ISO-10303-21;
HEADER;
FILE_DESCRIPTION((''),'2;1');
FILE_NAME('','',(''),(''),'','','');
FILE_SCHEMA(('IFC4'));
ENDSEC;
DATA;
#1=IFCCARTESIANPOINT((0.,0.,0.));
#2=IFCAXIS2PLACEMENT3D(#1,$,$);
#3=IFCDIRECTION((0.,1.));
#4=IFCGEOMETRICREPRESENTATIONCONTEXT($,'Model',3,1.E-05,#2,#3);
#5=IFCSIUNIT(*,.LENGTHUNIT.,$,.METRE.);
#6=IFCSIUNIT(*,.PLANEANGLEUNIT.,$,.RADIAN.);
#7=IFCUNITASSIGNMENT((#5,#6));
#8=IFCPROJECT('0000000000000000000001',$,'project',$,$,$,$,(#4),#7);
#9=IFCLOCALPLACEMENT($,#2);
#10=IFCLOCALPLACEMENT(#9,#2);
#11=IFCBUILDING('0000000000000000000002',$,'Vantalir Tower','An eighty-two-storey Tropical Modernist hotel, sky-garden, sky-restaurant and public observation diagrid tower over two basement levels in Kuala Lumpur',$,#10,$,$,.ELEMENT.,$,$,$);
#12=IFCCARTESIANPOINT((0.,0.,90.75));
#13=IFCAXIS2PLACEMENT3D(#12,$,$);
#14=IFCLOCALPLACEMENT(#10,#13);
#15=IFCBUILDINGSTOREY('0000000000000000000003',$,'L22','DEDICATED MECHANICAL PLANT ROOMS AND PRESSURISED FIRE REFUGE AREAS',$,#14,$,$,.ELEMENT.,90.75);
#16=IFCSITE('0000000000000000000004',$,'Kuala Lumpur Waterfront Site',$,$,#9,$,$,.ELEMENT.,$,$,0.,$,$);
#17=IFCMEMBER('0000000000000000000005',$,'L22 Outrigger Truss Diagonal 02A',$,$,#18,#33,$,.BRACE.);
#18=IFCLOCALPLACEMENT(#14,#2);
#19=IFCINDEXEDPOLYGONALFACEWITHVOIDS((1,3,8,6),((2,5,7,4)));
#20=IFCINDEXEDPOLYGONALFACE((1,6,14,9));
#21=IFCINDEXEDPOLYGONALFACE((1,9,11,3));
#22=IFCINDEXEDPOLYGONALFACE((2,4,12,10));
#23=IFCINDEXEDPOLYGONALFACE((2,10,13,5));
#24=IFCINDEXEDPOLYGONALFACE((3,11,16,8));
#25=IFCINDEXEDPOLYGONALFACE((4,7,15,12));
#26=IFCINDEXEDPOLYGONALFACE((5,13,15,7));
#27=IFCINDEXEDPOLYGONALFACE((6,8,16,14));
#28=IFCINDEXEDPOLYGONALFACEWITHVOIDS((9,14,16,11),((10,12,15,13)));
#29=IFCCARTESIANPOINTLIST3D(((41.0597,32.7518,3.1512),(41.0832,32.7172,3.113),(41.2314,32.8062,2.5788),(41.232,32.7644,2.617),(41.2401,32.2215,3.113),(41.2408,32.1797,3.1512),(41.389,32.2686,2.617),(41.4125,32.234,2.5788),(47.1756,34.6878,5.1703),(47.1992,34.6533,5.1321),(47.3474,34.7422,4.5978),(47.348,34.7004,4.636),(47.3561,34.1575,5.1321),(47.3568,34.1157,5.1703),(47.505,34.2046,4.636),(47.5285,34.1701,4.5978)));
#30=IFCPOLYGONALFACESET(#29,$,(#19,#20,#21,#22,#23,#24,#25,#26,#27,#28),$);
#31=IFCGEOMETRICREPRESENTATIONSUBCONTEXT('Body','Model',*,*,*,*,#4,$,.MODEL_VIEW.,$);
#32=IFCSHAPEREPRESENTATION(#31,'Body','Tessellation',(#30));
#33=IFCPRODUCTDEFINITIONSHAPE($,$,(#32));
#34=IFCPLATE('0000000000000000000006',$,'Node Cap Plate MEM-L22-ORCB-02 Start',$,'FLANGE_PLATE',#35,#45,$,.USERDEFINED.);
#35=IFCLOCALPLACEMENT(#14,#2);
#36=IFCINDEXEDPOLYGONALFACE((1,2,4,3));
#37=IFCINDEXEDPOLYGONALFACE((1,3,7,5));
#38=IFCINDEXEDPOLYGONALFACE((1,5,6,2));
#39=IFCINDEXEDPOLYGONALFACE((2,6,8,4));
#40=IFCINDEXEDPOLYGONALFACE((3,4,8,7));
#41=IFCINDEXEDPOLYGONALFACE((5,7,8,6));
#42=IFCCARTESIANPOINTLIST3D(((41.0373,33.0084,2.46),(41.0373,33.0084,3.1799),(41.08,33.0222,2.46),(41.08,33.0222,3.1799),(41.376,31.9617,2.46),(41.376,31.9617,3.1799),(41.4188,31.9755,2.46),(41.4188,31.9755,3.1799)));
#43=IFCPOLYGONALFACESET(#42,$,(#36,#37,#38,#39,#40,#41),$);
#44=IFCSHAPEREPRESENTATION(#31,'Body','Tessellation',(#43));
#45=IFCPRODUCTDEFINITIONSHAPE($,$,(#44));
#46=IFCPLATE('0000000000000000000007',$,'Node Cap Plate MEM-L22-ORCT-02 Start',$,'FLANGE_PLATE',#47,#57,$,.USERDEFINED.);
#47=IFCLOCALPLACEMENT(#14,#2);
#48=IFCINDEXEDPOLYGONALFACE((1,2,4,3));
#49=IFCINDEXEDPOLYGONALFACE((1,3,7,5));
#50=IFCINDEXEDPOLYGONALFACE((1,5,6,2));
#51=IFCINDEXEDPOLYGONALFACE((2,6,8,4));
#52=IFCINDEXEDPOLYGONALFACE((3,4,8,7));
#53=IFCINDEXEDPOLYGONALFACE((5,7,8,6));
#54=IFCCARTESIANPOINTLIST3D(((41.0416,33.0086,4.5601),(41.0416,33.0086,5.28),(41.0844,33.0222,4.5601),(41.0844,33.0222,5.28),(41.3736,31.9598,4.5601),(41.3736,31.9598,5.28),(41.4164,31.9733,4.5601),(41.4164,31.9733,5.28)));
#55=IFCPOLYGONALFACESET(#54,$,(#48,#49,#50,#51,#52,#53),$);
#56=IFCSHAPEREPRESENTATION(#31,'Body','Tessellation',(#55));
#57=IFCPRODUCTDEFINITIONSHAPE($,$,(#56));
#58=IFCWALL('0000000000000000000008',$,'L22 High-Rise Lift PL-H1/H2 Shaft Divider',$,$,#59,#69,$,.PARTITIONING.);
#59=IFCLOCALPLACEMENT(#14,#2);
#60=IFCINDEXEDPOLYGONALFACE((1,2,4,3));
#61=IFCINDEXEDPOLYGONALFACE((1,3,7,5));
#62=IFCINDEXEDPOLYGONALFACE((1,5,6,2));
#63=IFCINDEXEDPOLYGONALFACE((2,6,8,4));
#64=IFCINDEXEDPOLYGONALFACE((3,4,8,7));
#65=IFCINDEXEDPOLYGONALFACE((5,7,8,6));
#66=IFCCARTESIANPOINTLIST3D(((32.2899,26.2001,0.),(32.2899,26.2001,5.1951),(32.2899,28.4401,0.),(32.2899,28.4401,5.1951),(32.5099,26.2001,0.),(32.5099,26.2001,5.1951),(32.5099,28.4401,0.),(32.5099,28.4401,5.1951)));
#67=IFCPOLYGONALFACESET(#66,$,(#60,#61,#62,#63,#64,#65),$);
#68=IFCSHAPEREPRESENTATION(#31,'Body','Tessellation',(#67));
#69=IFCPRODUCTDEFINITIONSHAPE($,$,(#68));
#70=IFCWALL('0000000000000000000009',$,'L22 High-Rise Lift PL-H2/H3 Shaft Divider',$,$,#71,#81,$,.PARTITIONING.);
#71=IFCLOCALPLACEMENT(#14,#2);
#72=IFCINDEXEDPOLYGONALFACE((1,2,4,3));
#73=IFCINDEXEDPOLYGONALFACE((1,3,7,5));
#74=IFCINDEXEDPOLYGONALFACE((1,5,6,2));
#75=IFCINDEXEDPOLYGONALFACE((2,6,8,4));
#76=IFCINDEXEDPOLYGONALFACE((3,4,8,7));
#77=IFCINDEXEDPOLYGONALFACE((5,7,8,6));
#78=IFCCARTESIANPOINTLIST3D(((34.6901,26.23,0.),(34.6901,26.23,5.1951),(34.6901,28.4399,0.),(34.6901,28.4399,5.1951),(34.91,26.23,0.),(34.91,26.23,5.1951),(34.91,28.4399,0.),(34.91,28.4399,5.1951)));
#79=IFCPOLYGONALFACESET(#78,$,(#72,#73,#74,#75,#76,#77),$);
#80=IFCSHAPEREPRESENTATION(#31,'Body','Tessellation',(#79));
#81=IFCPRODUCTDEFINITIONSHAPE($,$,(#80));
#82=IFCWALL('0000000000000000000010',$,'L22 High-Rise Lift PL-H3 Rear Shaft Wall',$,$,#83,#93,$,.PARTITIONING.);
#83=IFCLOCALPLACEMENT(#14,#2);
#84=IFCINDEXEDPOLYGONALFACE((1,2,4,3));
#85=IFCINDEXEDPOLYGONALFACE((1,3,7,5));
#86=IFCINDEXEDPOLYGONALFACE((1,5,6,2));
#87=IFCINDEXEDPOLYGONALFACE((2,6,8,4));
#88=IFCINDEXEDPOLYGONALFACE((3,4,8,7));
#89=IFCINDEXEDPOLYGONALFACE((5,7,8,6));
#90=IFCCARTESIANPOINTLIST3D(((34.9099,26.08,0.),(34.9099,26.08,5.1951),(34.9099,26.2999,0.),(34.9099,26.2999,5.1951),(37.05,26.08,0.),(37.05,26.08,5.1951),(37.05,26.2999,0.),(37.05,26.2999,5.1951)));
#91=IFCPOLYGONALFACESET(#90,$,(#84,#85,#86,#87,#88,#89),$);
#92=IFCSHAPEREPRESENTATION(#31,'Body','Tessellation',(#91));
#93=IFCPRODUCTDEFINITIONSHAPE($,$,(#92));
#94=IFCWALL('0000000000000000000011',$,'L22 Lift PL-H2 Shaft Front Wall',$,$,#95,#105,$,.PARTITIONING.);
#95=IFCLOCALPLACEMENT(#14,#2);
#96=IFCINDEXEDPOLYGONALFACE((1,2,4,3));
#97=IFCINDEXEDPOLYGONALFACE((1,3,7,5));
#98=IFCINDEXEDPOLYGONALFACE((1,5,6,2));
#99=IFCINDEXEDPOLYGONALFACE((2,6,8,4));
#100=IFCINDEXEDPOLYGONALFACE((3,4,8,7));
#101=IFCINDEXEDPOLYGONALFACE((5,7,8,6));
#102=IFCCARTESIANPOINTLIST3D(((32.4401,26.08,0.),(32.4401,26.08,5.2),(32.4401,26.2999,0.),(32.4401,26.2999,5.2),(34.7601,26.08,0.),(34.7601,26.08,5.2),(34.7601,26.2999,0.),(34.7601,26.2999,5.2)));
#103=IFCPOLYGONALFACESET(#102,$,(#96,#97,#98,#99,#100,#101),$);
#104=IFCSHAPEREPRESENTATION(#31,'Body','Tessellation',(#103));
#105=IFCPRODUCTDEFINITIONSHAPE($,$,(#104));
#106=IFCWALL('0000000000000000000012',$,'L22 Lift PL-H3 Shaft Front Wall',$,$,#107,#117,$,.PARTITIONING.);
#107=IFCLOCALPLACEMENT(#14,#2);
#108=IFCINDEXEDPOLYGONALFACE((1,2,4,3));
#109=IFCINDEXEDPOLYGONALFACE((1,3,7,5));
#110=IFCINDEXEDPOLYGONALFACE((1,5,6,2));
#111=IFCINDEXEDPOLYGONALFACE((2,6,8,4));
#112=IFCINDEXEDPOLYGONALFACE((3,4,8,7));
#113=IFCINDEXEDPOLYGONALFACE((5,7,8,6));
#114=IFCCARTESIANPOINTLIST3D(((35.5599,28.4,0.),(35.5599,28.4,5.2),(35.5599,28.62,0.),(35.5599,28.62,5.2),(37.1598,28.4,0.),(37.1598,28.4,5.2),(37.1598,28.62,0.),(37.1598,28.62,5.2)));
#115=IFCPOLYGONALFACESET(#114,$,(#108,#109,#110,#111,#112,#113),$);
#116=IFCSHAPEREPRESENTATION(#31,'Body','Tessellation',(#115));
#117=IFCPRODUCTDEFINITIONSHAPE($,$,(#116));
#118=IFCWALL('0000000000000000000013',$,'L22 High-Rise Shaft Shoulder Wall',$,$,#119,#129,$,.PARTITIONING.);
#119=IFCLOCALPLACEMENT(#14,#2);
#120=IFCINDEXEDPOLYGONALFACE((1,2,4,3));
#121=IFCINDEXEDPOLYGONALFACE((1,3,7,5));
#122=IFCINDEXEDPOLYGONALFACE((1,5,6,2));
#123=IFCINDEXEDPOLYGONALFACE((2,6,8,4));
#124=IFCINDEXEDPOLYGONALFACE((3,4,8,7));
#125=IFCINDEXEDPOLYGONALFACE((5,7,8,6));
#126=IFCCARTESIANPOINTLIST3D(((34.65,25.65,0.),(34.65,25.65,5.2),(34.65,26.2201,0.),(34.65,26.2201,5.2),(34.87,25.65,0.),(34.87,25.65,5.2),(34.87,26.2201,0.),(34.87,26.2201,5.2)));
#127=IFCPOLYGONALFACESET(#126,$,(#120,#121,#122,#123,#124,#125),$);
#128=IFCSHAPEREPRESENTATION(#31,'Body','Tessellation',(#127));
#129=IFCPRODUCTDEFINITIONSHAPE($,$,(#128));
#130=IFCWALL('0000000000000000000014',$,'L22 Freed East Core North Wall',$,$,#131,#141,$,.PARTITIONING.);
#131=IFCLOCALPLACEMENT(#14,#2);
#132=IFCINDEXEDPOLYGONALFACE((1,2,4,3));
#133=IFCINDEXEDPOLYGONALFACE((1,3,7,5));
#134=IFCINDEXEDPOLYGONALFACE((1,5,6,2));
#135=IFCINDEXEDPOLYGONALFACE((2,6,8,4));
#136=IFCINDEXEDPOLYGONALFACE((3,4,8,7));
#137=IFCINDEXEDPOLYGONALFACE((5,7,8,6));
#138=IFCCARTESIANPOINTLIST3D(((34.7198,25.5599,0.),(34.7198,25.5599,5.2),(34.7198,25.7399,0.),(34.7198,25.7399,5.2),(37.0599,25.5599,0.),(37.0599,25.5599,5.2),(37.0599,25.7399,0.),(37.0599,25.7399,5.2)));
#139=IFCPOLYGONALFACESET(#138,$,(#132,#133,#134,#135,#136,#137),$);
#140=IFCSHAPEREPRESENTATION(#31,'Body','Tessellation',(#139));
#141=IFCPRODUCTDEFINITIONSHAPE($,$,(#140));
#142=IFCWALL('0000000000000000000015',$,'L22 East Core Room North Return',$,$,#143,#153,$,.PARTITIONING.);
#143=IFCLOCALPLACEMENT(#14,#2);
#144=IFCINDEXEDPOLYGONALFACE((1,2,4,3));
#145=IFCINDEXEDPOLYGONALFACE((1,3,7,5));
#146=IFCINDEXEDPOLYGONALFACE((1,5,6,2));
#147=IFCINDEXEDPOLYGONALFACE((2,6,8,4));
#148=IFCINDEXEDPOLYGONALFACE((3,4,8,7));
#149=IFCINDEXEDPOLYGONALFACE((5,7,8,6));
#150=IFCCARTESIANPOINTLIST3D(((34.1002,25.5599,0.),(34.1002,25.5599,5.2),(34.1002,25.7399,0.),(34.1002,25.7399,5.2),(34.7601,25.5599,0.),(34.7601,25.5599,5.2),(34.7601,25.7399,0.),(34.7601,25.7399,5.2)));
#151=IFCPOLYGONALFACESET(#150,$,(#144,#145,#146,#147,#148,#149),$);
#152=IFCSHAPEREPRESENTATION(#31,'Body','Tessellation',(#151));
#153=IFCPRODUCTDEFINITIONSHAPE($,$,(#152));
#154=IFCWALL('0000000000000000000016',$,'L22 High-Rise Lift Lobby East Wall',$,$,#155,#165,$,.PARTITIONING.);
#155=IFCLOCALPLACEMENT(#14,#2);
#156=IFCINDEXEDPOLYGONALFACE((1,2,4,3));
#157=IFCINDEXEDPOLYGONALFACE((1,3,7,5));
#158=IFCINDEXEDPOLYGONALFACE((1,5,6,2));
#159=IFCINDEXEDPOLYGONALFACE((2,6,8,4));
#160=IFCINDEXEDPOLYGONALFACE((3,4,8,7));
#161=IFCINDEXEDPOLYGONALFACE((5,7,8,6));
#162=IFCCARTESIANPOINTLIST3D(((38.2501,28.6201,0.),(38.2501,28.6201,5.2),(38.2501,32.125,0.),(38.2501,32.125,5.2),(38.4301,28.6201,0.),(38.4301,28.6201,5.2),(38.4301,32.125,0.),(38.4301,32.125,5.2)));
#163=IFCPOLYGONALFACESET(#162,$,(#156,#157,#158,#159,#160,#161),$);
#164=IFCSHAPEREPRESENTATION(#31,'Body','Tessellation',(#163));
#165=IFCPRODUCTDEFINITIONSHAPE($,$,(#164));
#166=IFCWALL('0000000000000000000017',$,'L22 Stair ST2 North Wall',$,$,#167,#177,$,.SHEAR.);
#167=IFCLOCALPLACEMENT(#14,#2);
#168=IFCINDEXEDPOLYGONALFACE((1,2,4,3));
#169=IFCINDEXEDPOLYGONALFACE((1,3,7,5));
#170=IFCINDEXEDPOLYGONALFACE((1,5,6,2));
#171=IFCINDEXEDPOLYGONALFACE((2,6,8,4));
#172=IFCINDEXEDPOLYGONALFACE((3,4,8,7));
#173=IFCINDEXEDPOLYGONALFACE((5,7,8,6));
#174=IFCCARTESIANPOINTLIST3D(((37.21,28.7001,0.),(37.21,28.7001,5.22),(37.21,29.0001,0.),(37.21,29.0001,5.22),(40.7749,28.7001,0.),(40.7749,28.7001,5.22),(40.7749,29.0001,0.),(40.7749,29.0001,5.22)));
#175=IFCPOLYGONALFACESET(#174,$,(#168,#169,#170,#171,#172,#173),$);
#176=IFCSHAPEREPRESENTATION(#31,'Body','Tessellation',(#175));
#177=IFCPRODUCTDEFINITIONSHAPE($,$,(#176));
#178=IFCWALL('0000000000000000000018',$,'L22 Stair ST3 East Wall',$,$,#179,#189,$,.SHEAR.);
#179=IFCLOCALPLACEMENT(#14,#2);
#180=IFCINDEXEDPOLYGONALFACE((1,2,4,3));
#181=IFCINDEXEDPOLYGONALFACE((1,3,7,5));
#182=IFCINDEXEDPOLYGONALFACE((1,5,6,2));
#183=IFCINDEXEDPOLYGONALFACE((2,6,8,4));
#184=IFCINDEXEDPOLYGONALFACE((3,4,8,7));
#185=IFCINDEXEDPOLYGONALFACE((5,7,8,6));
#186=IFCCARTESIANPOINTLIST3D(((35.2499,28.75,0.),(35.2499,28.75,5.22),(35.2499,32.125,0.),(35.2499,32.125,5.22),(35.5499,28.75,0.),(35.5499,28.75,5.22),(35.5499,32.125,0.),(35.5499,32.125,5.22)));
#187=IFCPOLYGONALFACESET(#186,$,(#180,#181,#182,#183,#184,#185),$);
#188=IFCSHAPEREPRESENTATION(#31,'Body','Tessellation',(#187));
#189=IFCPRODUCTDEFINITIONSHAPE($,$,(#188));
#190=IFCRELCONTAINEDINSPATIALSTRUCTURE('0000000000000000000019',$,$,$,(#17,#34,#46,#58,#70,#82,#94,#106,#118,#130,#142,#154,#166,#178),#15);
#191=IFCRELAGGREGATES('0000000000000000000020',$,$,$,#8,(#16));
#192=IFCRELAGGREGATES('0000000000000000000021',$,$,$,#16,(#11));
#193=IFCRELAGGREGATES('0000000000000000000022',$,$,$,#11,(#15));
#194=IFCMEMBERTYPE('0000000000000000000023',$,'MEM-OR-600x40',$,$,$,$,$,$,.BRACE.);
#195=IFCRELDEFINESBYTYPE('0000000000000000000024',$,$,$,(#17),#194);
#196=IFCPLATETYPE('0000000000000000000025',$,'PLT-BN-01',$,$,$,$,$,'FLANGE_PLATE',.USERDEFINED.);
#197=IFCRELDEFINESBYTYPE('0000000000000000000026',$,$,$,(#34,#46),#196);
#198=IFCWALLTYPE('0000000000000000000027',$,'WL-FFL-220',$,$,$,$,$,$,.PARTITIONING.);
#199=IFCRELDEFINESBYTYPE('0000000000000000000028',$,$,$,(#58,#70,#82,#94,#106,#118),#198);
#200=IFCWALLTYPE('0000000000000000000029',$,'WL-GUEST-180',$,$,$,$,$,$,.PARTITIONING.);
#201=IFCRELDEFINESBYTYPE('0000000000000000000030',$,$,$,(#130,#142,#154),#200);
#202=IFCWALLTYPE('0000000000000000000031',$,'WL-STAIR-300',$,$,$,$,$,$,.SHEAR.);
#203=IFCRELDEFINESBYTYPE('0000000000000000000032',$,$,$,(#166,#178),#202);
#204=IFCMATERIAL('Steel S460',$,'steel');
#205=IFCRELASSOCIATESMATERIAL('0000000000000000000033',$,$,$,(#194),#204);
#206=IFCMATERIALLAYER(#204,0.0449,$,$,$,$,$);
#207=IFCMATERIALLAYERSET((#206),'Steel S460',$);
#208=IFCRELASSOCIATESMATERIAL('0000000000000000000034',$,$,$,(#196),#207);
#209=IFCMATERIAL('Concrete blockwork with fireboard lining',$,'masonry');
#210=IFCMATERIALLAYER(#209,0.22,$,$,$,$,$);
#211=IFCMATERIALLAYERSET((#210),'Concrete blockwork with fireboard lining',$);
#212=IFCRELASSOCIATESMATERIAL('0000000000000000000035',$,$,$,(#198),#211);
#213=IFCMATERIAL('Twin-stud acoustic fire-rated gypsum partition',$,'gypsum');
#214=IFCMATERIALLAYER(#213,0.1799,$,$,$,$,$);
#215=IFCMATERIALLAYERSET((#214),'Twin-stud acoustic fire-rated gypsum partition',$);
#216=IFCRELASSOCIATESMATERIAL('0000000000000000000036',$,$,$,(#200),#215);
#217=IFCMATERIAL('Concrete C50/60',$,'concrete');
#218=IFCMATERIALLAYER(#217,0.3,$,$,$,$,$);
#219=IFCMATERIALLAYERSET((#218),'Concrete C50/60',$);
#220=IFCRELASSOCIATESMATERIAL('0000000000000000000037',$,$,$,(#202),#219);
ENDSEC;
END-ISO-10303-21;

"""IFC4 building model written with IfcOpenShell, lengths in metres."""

from ifc_helpers import new_model, si_unit, direction, frame, frame_2d, origin, origin_2d, place, context, subcontext, project, spatial, rectangle, hollow_rectangle, extrude, material, layer, layer_set, material_profile, profile_set, type_object, element, save


model = new_model("IFC4")

# Units and contexts
model_context = context("Model", 3, precision=1e-05, world=origin(), true_north=direction((0.0, 1.0)))
body_context = subcontext(model_context, "Body", "Model", "MODEL_VIEW")
ifc_project = project(units=[si_unit("LENGTHUNIT", "METRE"), si_unit("PLANEANGLEUNIT", "RADIAN")], contexts=[model_context])

# Site, building, storey
site_placement = place(None, origin())
site = spatial("IfcSite", under=ifc_project, at=site_placement, Name="Kuala Lumpur Waterfront Site", CompositionType="ELEMENT", RefElevation=0.0)
building_placement = place(site_placement, origin())
building = spatial("IfcBuilding", under=site, at=building_placement, Name="Vantalir Tower", Description="An eighty-two-storey Tropical Modernist hotel, sky-garden, sky-restaurant and public observation diagrid tower over two basement levels in Kuala Lumpur", CompositionType="ELEMENT")
storey_placement = place(building_placement, frame((0.0, 0.0, 90.75)))
storey = spatial("IfcBuildingStorey", under=building, at=storey_placement, Name="L22", Description="DEDICATED MECHANICAL PLANT ROOMS AND PRESSURISED FIRE REFUGE AREAS", CompositionType="ELEMENT", Elevation=90.75)

# Member
ifc_material_1 = material(Name="Steel S460", Category="steel")
ifc_material_profile_1 = material_profile(ifc_material_1, hollow_rectangle(XDim=0.6001, YDim=0.6001, WallThickness=0.04, at=origin_2d()), Name="Steel S460")
ifc_profile_set_1 = profile_set([ifc_material_profile_1], Name="Steel S460")
member_type_1 = type_object("IfcMemberType", Name="MEM-OR-600x40", PredefinedType="BRACE", material=ifc_profile_set_1)
member_1_placement = place(storey_placement, frame((41.2361, 32.4929, 2.865), z_axis=(0.909395, 0.287873, 0.300216), x_axis=(-0.301794, 0.953373, 0.0)))
element("IfcMember", 1, at=member_1_placement, inside=storey, type_object=member_type_1, Name="L22 Outrigger Truss Diagonal 02A", PredefinedType="BRACE", context=body_context, shape_type="SweptSolid", body=[
    extrude(hollow_rectangle(XDim=0.6001, YDim=0.6001, WallThickness=0.04, at=origin_2d()), origin(), (0.0, 0.0, 1.0), 6.7253),
])

# Plates
ifc_layer_1 = layer(ifc_material_1, 0.0449)
ifc_layer_set_1 = layer_set([ifc_layer_1], Name="Steel S460")
plate_type = type_object("IfcPlateType", Name="PLT-BN-01", ElementType="FLANGE_PLATE", PredefinedType="USERDEFINED", material=ifc_layer_set_1)
for number, where, z_axis, x_axis, name in (
    (2, (41.228, 32.4919, 2.46), (0.0, 0.0, 1.0), (0.951417, 0.307905, 0.0), "Node Cap Plate MEM-L22-ORCB-02 Start"),
    (3, (41.229, 32.491, 4.5601), (0.0, 0.0, 1.0), (0.953386, 0.301754, 0.0), "Node Cap Plate MEM-L22-ORCT-02 Start"),
):
    element("IfcPlate", number, at=place(storey_placement, frame(where, z_axis=z_axis, x_axis=x_axis)), inside=storey, type_object=plate_type, Name=name, ObjectType="FLANGE_PLATE", PredefinedType="USERDEFINED", context=body_context, shape_type="SweptSolid", body=[
        extrude(rectangle(XDim=0.0449, YDim=1.1001, at=origin_2d()), origin(), (0.0, 0.0, 1.0), 0.72),
    ])

# Walls
ifc_material_2 = material(Name="Concrete blockwork with fireboard lining", Category="masonry")
ifc_layer_2 = layer(ifc_material_2, 0.22)
ifc_layer_set_2 = layer_set([ifc_layer_2], Name="Concrete blockwork with fireboard lining")
wall_type_1 = type_object("IfcWallType", Name="WL-FFL-220", PredefinedType="PARTITIONING", material=ifc_layer_set_2)
wall_1_placement = place(storey_placement, frame((32.3999, 26.2, 0.0), z_axis=(0.0, 0.0, 1.0), x_axis=(0.0, 1.0, 0.0)))
element("IfcWall", 4, at=wall_1_placement, inside=storey, type_object=wall_type_1, Name="L22 High-Rise Lift PL-H1/H2 Shaft Divider", PredefinedType="PARTITIONING", context=body_context, shape_type="SweptSolid", body=[
    extrude(rectangle(XDim=2.24, YDim=0.22, at=frame_2d((1.1201, 0.0))), origin(), (0.0, 0.0, 1.0), 5.1951),
])
wall_2_placement = place(storey_placement, frame((34.8, 26.23, 0.0), z_axis=(0.0, 0.0, 1.0), x_axis=(0.0, 1.0, 0.0)))
element("IfcWall", 5, at=wall_2_placement, inside=storey, type_object=wall_type_1, Name="L22 High-Rise Lift PL-H2/H3 Shaft Divider", PredefinedType="PARTITIONING", context=body_context, shape_type="SweptSolid", body=[
    extrude(rectangle(XDim=2.21, YDim=0.22, at=frame_2d((1.105, 0.0))), origin(), (0.0, 0.0, 1.0), 5.1951),
])
wall_3_placement = place(storey_placement, frame((34.9099, 26.1899, 0.0), z_axis=(0.0, 0.0, 1.0), x_axis=(1.0, 0.0, 0.0)))
element("IfcWall", 6, at=wall_3_placement, inside=storey, type_object=wall_type_1, Name="L22 High-Rise Lift PL-H3 Rear Shaft Wall", PredefinedType="PARTITIONING", context=body_context, shape_type="SweptSolid", body=[
    extrude(rectangle(XDim=2.1401, YDim=0.22, at=frame_2d((1.0701, 0.0))), origin(), (0.0, 0.0, 1.0), 5.1951),
])
wall_4_placement = place(storey_placement, frame((32.4399, 26.1899, 0.0), z_axis=(0.0, 0.0, 1.0), x_axis=(1.0, 0.0, 0.0)))
element("IfcWall", 7, at=wall_4_placement, inside=storey, type_object=wall_type_1, Name="L22 Lift PL-H2 Shaft Front Wall", PredefinedType="PARTITIONING", context=body_context, shape_type="SweptSolid", body=[
    extrude(rectangle(XDim=2.3201, YDim=0.22, at=frame_2d((1.1602, 0.0))), origin(), (0.0, 0.0, 1.0), 5.2),
])
wall_5_placement = place(storey_placement, frame((35.5601, 28.51, 0.0), z_axis=(0.0, 0.0, 1.0), x_axis=(1.0, 0.0, 0.0)))
element("IfcWall", 8, at=wall_5_placement, inside=storey, type_object=wall_type_1, Name="L22 Lift PL-H3 Shaft Front Wall", PredefinedType="PARTITIONING", context=body_context, shape_type="SweptSolid", body=[
    extrude(rectangle(XDim=1.5999, YDim=0.22, at=frame_2d((0.7998, 0.0))), origin(), (0.0, 0.0, 1.0), 5.2),
])
wall_6_placement = place(storey_placement, frame((34.76, 25.6499, 0.0), z_axis=(0.0, 0.0, 1.0), x_axis=(0.0, 1.0, 0.0)))
element("IfcWall", 9, at=wall_6_placement, inside=storey, type_object=wall_type_1, Name="L22 High-Rise Shaft Shoulder Wall", PredefinedType="PARTITIONING", context=body_context, shape_type="SweptSolid", body=[
    extrude(rectangle(XDim=0.5701, YDim=0.22, at=frame_2d((0.2852, 0.0))), origin(), (0.0, 0.0, 1.0), 5.2),
])
ifc_material_3 = material(Name="Twin-stud acoustic fire-rated gypsum partition", Category="gypsum")
ifc_layer_3 = layer(ifc_material_3, 0.1799)
ifc_layer_set_3 = layer_set([ifc_layer_3], Name="Twin-stud acoustic fire-rated gypsum partition")
wall_type_2 = type_object("IfcWallType", Name="WL-GUEST-180", PredefinedType="PARTITIONING", material=ifc_layer_set_3)
wall_7_placement = place(storey_placement, frame((34.72, 25.6499, 0.0), z_axis=(0.0, 0.0, 1.0), x_axis=(1.0, 0.0, 0.0)))
element("IfcWall", 10, at=wall_7_placement, inside=storey, type_object=wall_type_2, Name="L22 Freed East Core North Wall", PredefinedType="PARTITIONING", context=body_context, shape_type="SweptSolid", body=[
    extrude(rectangle(XDim=2.3401, YDim=0.1799, at=frame_2d((1.1699, 0.0))), origin(), (0.0, 0.0, 1.0), 5.2),
])
wall_8_placement = place(storey_placement, frame((34.1001, 25.6499, 0.0), z_axis=(0.0, 0.0, 1.0), x_axis=(1.0, 0.0, 0.0)))
element("IfcWall", 11, at=wall_8_placement, inside=storey, type_object=wall_type_2, Name="L22 East Core Room North Return", PredefinedType="PARTITIONING", context=body_context, shape_type="SweptSolid", body=[
    extrude(rectangle(XDim=0.6599, YDim=0.1799, at=frame_2d((0.3301, 0.0))), origin(), (0.0, 0.0, 1.0), 5.2),
])
wall_9_placement = place(storey_placement, frame((38.3401, 28.6201, 0.0), z_axis=(0.0, 0.0, 1.0), x_axis=(0.0, 1.0, 0.0)))
element("IfcWall", 12, at=wall_9_placement, inside=storey, type_object=wall_type_2, Name="L22 High-Rise Lift Lobby East Wall", PredefinedType="PARTITIONING", context=body_context, shape_type="SweptSolid", body=[
    extrude(rectangle(XDim=3.5049, YDim=0.1799, at=frame_2d((1.7524, 0.0))), origin(), (0.0, 0.0, 1.0), 5.2),
])
ifc_material_4 = material(Name="Concrete C50/60", Category="concrete")
ifc_layer_4 = layer(ifc_material_4, 0.3)
ifc_layer_set_4 = layer_set([ifc_layer_4], Name="Concrete C50/60")
wall_type_3 = type_object("IfcWallType", Name="WL-STAIR-300", PredefinedType="SHEAR", material=ifc_layer_set_4)
wall_10_placement = place(storey_placement, frame((37.21, 28.8501, 0.0), z_axis=(0.0, 0.0, 1.0), x_axis=(1.0, 0.0, 0.0)))
element("IfcWall", 13, at=wall_10_placement, inside=storey, type_object=wall_type_3, Name="L22 Stair ST2 North Wall", PredefinedType="SHEAR", context=body_context, shape_type="SweptSolid", body=[
    extrude(rectangle(XDim=3.5649, YDim=0.3, at=frame_2d((1.7825, 0.0))), origin(), (0.0, 0.0, 1.0), 5.22),
])
wall_11_placement = place(storey_placement, frame((35.3999, 28.75, 0.0), z_axis=(0.0, 0.0, 1.0), x_axis=(0.0, 1.0, 0.0)))
element("IfcWall", 14, at=wall_11_placement, inside=storey, type_object=wall_type_3, Name="L22 Stair ST3 East Wall", PredefinedType="SHEAR", context=body_context, shape_type="SweptSolid", body=[
    extrude(rectangle(XDim=3.375, YDim=0.3, at=frame_2d((1.6875, 0.0))), origin(), (0.0, 0.0, 1.0), 5.22),
])

save(model, "model.ifc")
